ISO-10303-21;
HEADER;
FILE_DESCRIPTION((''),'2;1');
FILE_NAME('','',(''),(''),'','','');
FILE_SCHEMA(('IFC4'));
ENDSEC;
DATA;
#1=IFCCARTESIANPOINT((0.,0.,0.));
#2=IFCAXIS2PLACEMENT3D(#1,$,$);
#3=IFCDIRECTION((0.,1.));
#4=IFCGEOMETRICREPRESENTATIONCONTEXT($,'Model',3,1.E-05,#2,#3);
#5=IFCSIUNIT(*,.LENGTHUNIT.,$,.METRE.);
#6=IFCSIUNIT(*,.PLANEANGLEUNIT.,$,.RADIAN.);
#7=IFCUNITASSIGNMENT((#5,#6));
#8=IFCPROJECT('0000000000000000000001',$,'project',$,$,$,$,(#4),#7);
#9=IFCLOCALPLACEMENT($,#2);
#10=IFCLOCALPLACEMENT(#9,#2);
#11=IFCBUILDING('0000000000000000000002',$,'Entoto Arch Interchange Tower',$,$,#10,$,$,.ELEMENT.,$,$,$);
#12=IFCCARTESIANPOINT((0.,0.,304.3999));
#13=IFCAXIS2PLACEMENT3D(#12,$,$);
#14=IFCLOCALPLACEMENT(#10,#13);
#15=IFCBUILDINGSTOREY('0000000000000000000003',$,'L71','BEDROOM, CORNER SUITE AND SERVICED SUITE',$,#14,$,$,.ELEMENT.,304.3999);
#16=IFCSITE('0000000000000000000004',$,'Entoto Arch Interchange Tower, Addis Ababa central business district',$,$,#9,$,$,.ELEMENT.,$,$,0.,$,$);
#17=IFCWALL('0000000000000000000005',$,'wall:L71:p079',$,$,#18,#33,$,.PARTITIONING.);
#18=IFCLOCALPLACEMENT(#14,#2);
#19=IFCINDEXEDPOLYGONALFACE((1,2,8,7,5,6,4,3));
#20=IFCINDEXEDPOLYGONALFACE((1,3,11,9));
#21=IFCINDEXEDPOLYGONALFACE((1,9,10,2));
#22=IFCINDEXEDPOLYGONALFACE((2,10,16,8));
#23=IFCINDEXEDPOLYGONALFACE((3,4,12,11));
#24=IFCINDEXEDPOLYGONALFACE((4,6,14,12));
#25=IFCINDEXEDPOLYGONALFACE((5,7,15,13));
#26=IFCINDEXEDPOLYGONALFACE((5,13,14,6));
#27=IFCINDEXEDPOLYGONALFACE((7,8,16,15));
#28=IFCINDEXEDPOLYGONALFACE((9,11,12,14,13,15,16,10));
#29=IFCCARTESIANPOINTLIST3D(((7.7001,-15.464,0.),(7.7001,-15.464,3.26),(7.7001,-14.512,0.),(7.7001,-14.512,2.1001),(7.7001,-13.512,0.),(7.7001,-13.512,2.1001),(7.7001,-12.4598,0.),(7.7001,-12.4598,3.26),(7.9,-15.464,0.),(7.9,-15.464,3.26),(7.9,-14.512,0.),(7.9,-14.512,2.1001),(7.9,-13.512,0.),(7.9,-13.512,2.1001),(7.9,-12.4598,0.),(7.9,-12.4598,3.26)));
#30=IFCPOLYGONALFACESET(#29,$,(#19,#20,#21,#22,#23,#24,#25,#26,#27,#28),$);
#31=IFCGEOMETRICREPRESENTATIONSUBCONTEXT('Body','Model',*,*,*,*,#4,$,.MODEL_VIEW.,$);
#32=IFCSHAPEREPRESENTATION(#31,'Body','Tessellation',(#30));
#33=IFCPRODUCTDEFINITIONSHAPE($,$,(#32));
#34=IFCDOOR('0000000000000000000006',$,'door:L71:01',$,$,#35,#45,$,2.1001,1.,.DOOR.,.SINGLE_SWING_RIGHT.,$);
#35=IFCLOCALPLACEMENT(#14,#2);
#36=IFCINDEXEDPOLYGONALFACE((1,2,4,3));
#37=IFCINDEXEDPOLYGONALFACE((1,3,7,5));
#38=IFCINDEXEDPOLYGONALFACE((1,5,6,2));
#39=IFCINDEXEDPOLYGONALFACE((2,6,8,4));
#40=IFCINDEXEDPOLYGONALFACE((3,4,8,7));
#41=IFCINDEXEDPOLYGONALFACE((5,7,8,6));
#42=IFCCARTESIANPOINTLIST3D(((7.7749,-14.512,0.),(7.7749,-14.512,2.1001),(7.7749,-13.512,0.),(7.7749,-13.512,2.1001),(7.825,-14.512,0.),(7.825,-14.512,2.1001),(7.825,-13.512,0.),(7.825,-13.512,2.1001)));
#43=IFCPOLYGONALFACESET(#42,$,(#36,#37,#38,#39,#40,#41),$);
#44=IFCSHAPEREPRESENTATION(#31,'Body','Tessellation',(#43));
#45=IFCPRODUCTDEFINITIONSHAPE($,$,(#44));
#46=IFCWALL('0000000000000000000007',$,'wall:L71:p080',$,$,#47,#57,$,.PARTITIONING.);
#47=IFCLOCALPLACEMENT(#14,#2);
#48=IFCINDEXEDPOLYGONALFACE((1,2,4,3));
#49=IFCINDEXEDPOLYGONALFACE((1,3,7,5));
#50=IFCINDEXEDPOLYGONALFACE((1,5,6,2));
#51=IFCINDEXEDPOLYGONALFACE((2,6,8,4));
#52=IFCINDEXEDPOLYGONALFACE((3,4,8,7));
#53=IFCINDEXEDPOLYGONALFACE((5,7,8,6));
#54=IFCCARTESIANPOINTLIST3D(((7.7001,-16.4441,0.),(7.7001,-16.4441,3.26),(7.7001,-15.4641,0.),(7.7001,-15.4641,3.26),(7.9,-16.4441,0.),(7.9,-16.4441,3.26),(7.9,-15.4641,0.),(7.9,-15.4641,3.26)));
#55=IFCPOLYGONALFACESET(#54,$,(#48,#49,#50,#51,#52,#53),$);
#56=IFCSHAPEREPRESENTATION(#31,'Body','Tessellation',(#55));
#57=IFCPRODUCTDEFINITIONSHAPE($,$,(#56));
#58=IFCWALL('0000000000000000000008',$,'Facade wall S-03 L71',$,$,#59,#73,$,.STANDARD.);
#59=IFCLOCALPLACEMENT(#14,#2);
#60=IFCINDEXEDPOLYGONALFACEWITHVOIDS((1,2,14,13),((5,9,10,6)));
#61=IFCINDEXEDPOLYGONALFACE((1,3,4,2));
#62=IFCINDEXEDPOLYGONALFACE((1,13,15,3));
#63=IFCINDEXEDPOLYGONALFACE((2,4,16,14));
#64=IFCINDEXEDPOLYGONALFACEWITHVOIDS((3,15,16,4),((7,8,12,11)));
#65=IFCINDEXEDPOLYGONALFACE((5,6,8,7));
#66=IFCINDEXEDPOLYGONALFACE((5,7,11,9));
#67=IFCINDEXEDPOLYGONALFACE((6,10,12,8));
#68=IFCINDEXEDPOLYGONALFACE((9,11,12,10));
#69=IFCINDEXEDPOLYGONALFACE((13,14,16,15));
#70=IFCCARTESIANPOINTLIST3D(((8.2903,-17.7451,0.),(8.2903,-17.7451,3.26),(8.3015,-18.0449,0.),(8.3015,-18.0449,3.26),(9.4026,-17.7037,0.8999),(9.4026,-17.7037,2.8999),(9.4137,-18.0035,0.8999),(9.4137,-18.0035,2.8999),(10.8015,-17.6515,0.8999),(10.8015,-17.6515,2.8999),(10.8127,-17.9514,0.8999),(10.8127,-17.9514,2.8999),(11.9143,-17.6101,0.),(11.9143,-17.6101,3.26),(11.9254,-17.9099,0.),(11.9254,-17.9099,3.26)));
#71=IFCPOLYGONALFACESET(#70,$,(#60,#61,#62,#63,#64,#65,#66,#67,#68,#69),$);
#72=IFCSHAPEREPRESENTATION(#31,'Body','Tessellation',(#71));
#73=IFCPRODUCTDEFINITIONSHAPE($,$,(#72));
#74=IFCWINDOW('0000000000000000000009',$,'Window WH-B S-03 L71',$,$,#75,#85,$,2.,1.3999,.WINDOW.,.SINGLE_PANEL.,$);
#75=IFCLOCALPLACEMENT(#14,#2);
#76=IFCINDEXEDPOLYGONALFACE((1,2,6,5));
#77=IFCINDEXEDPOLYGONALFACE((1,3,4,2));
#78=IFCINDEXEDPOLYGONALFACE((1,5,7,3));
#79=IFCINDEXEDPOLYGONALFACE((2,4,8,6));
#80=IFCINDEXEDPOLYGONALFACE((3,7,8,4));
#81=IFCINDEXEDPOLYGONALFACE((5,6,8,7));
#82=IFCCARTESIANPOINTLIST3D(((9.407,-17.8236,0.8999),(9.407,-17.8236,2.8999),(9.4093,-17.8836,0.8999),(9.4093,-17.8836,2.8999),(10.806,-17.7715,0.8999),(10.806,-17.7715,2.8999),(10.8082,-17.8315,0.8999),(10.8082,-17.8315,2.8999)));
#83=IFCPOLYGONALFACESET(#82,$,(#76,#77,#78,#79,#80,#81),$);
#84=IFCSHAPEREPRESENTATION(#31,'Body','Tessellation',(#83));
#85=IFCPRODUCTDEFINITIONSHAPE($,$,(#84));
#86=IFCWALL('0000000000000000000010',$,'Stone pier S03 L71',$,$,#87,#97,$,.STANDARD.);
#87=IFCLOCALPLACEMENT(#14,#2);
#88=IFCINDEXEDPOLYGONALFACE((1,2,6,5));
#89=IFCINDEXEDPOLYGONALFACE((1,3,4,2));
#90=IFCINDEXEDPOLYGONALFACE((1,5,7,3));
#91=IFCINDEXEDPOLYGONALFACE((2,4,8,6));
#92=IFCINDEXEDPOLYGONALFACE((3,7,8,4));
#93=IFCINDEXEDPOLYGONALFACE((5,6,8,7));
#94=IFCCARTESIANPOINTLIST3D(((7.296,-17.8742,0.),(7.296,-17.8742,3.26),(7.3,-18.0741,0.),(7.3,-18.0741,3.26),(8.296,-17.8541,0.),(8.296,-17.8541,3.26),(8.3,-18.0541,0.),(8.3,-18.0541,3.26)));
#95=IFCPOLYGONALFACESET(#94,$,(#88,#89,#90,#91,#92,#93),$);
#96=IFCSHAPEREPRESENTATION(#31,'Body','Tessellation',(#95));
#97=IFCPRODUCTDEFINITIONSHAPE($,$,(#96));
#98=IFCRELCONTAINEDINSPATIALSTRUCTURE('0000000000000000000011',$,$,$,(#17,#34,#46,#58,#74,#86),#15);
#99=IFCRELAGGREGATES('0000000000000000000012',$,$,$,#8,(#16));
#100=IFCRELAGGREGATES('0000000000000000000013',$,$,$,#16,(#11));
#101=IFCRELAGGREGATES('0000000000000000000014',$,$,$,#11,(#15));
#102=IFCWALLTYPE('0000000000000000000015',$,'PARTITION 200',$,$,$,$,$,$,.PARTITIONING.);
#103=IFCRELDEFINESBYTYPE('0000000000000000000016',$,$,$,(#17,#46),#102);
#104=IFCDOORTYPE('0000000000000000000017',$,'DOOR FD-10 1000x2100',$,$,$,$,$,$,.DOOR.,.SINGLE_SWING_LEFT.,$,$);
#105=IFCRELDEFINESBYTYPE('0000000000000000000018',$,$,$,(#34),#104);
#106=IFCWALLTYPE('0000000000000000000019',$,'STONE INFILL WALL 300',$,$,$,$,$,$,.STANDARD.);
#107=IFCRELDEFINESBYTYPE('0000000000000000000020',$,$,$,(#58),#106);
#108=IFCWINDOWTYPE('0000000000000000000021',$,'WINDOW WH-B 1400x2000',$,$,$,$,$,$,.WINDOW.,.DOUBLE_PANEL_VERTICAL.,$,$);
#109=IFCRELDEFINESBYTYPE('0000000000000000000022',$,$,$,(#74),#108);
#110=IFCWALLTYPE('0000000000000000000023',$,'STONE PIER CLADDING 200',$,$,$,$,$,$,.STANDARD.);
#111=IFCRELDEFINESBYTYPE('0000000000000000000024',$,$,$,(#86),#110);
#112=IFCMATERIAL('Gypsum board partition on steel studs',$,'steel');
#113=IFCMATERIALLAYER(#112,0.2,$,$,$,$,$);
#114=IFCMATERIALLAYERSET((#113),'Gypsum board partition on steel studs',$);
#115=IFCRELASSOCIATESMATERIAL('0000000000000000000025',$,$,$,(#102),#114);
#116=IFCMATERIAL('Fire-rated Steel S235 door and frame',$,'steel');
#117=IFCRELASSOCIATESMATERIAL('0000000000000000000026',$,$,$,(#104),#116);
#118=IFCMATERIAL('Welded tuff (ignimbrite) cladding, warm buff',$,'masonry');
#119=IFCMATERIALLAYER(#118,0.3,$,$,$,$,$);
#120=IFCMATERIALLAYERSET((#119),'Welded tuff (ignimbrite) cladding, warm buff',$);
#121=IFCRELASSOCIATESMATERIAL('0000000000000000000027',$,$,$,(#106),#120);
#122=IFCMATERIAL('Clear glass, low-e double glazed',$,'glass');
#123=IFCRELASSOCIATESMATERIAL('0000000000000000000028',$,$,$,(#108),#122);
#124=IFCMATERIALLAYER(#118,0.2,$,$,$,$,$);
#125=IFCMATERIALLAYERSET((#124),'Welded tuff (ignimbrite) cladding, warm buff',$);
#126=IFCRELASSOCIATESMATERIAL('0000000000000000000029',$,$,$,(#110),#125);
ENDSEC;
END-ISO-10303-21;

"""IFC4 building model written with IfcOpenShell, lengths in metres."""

from ifc_helpers import new_model, si_unit, direction, frame, frame_2d, origin, place, context, subcontext, project, spatial, rectangle, extrude, material, layer, layer_set, type_object, element, fill, save


model = new_model("IFC4")

# Units and contexts
model_context = context("Model", 3, precision=1e-05, world=origin(), true_north=direction((0.0, 1.0)))
body_context = subcontext(model_context, "Body", "Model", "MODEL_VIEW")
ifc_project = project(units=[si_unit("LENGTHUNIT", "METRE"), si_unit("PLANEANGLEUNIT", "RADIAN")], contexts=[model_context])

# Site, building, storey
site_placement = place(None, origin())
site = spatial("IfcSite", under=ifc_project, at=site_placement, Name="Entoto Arch Interchange Tower, Addis Ababa central business district", CompositionType="ELEMENT", RefElevation=0.0)
building_placement = place(site_placement, origin())
building = spatial("IfcBuilding", under=site, at=building_placement, Name="Entoto Arch Interchange Tower", CompositionType="ELEMENT")
storey_placement = place(building_placement, frame((0.0, 0.0, 304.3999)))
storey = spatial("IfcBuildingStorey", under=building, at=storey_placement, Name="L71", Description="BEDROOM, CORNER SUITE AND SERVICED SUITE", CompositionType="ELEMENT", Elevation=304.3999)

# Shared definitions
ifc_material_1 = material(Name="Clear glass, low-e double glazed", Category="glass")

# Wall, opening, door
ifc_material_2 = material(Name="Gypsum board partition on steel studs", Category="steel")
ifc_layer_1 = layer(ifc_material_2, 0.2)
ifc_layer_set_1 = layer_set([ifc_layer_1], Name="Gypsum board partition on steel studs")
wall_type_1 = type_object("IfcWallType", Name="PARTITION 200", PredefinedType="PARTITIONING", material=ifc_layer_set_1)
wall_1_placement = place(storey_placement, frame((7.8, -12.46, 0.0), z_axis=(0.0, 0.0, 1.0), x_axis=(0.0, -1.0, 0.0)))
wall_1 = element("IfcWall", 1, at=wall_1_placement, inside=storey, type_object=wall_type_1, Name="wall:L71:p079", PredefinedType="PARTITIONING", context=body_context, shape_type="SweptSolid", body=[
    extrude(rectangle(XDim=3.0042, YDim=0.2, at=frame_2d((1.502, 0.0))), origin(), (0.0, 0.0, 1.0), 3.26),
])
opening_1_placement = place(wall_1_placement, frame((1.052, 0.0, 0.0)))
opening_1 = element("IfcOpeningElement", 2, at=opening_1_placement, cuts=wall_1, PredefinedType="OPENING", context=body_context, shape_type="SweptSolid", body=[
    extrude(rectangle(XDim=1.0, YDim=2.1001, at=frame_2d((0.5, 1.05))), frame((0.0, 0.1099, 0.0), z_axis=(0.0, -1.0, 0.0), x_axis=(1.0, 0.0, 0.0)), (0.0, 0.0, 1.0), 0.22),
])
ifc_material_3 = material(Name="Fire-rated Steel S235 door and frame", Category="steel")
door_type = type_object("IfcDoorType", Name="DOOR FD-10 1000x2100", OperationType="SINGLE_SWING_LEFT", PredefinedType="DOOR", material=ifc_material_3)
door_placement = place(opening_1_placement, origin())
door = element("IfcDoor", 3, at=door_placement, inside=storey, type_object=door_type, Name="door:L71:01", OperationType="SINGLE_SWING_RIGHT", OverallHeight=2.1001, OverallWidth=1.0, PredefinedType="DOOR", context=body_context, shape_type="SweptSolid", body=[
    extrude(rectangle(XDim=1.0, YDim=2.1001, at=frame_2d((0.5, 1.05))), frame((0.0, 0.0249, 0.0), z_axis=(0.0, -1.0, 0.0), x_axis=(1.0, 0.0, 0.0)), (0.0, 0.0, 1.0), 0.05),
])
fill(opening_1, door)

# Wall
wall_2_placement = place(storey_placement, frame((7.8, -15.4641, 0.0), z_axis=(0.0, 0.0, 1.0), x_axis=(0.0, -1.0, 0.0)))
element("IfcWall", 4, at=wall_2_placement, inside=storey, type_object=wall_type_1, Name="wall:L71:p080", PredefinedType="PARTITIONING", context=body_context, shape_type="SweptSolid", body=[
    extrude(rectangle(XDim=0.98, YDim=0.2, at=frame_2d((0.49, 0.0))), origin(), (0.0, 0.0, 1.0), 3.26),
])

# Wall, opening, window
ifc_material_4 = material(Name="Welded tuff (ignimbrite) cladding, warm buff", Category="masonry")
ifc_layer_2 = layer(ifc_material_4, 0.3)
ifc_layer_set_2 = layer_set([ifc_layer_2], Name="Welded tuff (ignimbrite) cladding, warm buff")
wall_type_2 = type_object("IfcWallType", Name="STONE INFILL WALL 300", PredefinedType="STANDARD", material=ifc_layer_set_2)
wall_3_placement = place(storey_placement, frame((8.2959, -17.895, 0.0), z_axis=(0.0, 0.0, 1.0), x_axis=(0.999307, 0.037228, 0.0)))
wall_3 = element("IfcWall", 5, at=wall_3_placement, inside=storey, type_object=wall_type_2, Name="Facade wall S-03 L71", PredefinedType="STANDARD", context=body_context, shape_type="SweptSolid", body=[
    extrude(rectangle(XDim=3.6265, YDim=0.3, at=frame_2d((1.8132, 0.0))), origin(), (0.0, 0.0, 1.0), 3.26),
])
opening_2_placement = place(wall_3_placement, frame((1.113, 0.0, 0.8999)))
opening_2 = element("IfcOpeningElement", 6, at=opening_2_placement, cuts=wall_3, PredefinedType="OPENING", context=body_context, shape_type="SweptSolid", body=[
    extrude(rectangle(XDim=1.3999, YDim=2.0, at=frame_2d((0.7, 1.0))), frame((0.0, 0.1602, 0.0), z_axis=(0.0, -1.0, 0.0), x_axis=(1.0, 0.0, 0.0)), (0.0, 0.0, 1.0), 0.3201),
])
window_type = type_object("IfcWindowType", Name="WINDOW WH-B 1400x2000", PartitioningType="DOUBLE_PANEL_VERTICAL", PredefinedType="WINDOW", material=ifc_material_1)
window_placement = place(opening_2_placement, origin())
window = element("IfcWindow", 7, at=window_placement, inside=storey, type_object=window_type, Name="Window WH-B S-03 L71", OverallHeight=2.0, OverallWidth=1.3999, PartitioningType="SINGLE_PANEL", PredefinedType="WINDOW", context=body_context, shape_type="SweptSolid", body=[
    extrude(rectangle(XDim=1.3999, YDim=2.0, at=frame_2d((0.7, 1.0))), frame((0.0, 0.03, 0.0), z_axis=(0.0, -1.0, 0.0), x_axis=(1.0, 0.0, 0.0)), (0.0, 0.0, 1.0), 0.0601),
])
fill(opening_2, window)

# Wall
ifc_layer_3 = layer(ifc_material_4, 0.2)
ifc_layer_set_3 = layer_set([ifc_layer_3], Name="Welded tuff (ignimbrite) cladding, warm buff")
wall_type_3 = type_object("IfcWallType", Name="STONE PIER CLADDING 200", PredefinedType="STANDARD", material=ifc_layer_set_3)
wall_4_placement = place(storey_placement, frame((7.2981, -17.9741, 0.0), z_axis=(0.0, 0.0, 1.0), x_axis=(0.9998, 0.020016, 0.0)))
element("IfcWall", 8, at=wall_4_placement, inside=storey, type_object=wall_type_3, Name="Stone pier S03 L71", PredefinedType="STANDARD", context=body_context, shape_type="SweptSolid", body=[
    extrude(rectangle(XDim=1.0002, YDim=0.2, at=frame_2d((0.5, 0.0))), origin(), (0.0, 0.0, 1.0), 3.26),
])

save(model, "model.ifc")
